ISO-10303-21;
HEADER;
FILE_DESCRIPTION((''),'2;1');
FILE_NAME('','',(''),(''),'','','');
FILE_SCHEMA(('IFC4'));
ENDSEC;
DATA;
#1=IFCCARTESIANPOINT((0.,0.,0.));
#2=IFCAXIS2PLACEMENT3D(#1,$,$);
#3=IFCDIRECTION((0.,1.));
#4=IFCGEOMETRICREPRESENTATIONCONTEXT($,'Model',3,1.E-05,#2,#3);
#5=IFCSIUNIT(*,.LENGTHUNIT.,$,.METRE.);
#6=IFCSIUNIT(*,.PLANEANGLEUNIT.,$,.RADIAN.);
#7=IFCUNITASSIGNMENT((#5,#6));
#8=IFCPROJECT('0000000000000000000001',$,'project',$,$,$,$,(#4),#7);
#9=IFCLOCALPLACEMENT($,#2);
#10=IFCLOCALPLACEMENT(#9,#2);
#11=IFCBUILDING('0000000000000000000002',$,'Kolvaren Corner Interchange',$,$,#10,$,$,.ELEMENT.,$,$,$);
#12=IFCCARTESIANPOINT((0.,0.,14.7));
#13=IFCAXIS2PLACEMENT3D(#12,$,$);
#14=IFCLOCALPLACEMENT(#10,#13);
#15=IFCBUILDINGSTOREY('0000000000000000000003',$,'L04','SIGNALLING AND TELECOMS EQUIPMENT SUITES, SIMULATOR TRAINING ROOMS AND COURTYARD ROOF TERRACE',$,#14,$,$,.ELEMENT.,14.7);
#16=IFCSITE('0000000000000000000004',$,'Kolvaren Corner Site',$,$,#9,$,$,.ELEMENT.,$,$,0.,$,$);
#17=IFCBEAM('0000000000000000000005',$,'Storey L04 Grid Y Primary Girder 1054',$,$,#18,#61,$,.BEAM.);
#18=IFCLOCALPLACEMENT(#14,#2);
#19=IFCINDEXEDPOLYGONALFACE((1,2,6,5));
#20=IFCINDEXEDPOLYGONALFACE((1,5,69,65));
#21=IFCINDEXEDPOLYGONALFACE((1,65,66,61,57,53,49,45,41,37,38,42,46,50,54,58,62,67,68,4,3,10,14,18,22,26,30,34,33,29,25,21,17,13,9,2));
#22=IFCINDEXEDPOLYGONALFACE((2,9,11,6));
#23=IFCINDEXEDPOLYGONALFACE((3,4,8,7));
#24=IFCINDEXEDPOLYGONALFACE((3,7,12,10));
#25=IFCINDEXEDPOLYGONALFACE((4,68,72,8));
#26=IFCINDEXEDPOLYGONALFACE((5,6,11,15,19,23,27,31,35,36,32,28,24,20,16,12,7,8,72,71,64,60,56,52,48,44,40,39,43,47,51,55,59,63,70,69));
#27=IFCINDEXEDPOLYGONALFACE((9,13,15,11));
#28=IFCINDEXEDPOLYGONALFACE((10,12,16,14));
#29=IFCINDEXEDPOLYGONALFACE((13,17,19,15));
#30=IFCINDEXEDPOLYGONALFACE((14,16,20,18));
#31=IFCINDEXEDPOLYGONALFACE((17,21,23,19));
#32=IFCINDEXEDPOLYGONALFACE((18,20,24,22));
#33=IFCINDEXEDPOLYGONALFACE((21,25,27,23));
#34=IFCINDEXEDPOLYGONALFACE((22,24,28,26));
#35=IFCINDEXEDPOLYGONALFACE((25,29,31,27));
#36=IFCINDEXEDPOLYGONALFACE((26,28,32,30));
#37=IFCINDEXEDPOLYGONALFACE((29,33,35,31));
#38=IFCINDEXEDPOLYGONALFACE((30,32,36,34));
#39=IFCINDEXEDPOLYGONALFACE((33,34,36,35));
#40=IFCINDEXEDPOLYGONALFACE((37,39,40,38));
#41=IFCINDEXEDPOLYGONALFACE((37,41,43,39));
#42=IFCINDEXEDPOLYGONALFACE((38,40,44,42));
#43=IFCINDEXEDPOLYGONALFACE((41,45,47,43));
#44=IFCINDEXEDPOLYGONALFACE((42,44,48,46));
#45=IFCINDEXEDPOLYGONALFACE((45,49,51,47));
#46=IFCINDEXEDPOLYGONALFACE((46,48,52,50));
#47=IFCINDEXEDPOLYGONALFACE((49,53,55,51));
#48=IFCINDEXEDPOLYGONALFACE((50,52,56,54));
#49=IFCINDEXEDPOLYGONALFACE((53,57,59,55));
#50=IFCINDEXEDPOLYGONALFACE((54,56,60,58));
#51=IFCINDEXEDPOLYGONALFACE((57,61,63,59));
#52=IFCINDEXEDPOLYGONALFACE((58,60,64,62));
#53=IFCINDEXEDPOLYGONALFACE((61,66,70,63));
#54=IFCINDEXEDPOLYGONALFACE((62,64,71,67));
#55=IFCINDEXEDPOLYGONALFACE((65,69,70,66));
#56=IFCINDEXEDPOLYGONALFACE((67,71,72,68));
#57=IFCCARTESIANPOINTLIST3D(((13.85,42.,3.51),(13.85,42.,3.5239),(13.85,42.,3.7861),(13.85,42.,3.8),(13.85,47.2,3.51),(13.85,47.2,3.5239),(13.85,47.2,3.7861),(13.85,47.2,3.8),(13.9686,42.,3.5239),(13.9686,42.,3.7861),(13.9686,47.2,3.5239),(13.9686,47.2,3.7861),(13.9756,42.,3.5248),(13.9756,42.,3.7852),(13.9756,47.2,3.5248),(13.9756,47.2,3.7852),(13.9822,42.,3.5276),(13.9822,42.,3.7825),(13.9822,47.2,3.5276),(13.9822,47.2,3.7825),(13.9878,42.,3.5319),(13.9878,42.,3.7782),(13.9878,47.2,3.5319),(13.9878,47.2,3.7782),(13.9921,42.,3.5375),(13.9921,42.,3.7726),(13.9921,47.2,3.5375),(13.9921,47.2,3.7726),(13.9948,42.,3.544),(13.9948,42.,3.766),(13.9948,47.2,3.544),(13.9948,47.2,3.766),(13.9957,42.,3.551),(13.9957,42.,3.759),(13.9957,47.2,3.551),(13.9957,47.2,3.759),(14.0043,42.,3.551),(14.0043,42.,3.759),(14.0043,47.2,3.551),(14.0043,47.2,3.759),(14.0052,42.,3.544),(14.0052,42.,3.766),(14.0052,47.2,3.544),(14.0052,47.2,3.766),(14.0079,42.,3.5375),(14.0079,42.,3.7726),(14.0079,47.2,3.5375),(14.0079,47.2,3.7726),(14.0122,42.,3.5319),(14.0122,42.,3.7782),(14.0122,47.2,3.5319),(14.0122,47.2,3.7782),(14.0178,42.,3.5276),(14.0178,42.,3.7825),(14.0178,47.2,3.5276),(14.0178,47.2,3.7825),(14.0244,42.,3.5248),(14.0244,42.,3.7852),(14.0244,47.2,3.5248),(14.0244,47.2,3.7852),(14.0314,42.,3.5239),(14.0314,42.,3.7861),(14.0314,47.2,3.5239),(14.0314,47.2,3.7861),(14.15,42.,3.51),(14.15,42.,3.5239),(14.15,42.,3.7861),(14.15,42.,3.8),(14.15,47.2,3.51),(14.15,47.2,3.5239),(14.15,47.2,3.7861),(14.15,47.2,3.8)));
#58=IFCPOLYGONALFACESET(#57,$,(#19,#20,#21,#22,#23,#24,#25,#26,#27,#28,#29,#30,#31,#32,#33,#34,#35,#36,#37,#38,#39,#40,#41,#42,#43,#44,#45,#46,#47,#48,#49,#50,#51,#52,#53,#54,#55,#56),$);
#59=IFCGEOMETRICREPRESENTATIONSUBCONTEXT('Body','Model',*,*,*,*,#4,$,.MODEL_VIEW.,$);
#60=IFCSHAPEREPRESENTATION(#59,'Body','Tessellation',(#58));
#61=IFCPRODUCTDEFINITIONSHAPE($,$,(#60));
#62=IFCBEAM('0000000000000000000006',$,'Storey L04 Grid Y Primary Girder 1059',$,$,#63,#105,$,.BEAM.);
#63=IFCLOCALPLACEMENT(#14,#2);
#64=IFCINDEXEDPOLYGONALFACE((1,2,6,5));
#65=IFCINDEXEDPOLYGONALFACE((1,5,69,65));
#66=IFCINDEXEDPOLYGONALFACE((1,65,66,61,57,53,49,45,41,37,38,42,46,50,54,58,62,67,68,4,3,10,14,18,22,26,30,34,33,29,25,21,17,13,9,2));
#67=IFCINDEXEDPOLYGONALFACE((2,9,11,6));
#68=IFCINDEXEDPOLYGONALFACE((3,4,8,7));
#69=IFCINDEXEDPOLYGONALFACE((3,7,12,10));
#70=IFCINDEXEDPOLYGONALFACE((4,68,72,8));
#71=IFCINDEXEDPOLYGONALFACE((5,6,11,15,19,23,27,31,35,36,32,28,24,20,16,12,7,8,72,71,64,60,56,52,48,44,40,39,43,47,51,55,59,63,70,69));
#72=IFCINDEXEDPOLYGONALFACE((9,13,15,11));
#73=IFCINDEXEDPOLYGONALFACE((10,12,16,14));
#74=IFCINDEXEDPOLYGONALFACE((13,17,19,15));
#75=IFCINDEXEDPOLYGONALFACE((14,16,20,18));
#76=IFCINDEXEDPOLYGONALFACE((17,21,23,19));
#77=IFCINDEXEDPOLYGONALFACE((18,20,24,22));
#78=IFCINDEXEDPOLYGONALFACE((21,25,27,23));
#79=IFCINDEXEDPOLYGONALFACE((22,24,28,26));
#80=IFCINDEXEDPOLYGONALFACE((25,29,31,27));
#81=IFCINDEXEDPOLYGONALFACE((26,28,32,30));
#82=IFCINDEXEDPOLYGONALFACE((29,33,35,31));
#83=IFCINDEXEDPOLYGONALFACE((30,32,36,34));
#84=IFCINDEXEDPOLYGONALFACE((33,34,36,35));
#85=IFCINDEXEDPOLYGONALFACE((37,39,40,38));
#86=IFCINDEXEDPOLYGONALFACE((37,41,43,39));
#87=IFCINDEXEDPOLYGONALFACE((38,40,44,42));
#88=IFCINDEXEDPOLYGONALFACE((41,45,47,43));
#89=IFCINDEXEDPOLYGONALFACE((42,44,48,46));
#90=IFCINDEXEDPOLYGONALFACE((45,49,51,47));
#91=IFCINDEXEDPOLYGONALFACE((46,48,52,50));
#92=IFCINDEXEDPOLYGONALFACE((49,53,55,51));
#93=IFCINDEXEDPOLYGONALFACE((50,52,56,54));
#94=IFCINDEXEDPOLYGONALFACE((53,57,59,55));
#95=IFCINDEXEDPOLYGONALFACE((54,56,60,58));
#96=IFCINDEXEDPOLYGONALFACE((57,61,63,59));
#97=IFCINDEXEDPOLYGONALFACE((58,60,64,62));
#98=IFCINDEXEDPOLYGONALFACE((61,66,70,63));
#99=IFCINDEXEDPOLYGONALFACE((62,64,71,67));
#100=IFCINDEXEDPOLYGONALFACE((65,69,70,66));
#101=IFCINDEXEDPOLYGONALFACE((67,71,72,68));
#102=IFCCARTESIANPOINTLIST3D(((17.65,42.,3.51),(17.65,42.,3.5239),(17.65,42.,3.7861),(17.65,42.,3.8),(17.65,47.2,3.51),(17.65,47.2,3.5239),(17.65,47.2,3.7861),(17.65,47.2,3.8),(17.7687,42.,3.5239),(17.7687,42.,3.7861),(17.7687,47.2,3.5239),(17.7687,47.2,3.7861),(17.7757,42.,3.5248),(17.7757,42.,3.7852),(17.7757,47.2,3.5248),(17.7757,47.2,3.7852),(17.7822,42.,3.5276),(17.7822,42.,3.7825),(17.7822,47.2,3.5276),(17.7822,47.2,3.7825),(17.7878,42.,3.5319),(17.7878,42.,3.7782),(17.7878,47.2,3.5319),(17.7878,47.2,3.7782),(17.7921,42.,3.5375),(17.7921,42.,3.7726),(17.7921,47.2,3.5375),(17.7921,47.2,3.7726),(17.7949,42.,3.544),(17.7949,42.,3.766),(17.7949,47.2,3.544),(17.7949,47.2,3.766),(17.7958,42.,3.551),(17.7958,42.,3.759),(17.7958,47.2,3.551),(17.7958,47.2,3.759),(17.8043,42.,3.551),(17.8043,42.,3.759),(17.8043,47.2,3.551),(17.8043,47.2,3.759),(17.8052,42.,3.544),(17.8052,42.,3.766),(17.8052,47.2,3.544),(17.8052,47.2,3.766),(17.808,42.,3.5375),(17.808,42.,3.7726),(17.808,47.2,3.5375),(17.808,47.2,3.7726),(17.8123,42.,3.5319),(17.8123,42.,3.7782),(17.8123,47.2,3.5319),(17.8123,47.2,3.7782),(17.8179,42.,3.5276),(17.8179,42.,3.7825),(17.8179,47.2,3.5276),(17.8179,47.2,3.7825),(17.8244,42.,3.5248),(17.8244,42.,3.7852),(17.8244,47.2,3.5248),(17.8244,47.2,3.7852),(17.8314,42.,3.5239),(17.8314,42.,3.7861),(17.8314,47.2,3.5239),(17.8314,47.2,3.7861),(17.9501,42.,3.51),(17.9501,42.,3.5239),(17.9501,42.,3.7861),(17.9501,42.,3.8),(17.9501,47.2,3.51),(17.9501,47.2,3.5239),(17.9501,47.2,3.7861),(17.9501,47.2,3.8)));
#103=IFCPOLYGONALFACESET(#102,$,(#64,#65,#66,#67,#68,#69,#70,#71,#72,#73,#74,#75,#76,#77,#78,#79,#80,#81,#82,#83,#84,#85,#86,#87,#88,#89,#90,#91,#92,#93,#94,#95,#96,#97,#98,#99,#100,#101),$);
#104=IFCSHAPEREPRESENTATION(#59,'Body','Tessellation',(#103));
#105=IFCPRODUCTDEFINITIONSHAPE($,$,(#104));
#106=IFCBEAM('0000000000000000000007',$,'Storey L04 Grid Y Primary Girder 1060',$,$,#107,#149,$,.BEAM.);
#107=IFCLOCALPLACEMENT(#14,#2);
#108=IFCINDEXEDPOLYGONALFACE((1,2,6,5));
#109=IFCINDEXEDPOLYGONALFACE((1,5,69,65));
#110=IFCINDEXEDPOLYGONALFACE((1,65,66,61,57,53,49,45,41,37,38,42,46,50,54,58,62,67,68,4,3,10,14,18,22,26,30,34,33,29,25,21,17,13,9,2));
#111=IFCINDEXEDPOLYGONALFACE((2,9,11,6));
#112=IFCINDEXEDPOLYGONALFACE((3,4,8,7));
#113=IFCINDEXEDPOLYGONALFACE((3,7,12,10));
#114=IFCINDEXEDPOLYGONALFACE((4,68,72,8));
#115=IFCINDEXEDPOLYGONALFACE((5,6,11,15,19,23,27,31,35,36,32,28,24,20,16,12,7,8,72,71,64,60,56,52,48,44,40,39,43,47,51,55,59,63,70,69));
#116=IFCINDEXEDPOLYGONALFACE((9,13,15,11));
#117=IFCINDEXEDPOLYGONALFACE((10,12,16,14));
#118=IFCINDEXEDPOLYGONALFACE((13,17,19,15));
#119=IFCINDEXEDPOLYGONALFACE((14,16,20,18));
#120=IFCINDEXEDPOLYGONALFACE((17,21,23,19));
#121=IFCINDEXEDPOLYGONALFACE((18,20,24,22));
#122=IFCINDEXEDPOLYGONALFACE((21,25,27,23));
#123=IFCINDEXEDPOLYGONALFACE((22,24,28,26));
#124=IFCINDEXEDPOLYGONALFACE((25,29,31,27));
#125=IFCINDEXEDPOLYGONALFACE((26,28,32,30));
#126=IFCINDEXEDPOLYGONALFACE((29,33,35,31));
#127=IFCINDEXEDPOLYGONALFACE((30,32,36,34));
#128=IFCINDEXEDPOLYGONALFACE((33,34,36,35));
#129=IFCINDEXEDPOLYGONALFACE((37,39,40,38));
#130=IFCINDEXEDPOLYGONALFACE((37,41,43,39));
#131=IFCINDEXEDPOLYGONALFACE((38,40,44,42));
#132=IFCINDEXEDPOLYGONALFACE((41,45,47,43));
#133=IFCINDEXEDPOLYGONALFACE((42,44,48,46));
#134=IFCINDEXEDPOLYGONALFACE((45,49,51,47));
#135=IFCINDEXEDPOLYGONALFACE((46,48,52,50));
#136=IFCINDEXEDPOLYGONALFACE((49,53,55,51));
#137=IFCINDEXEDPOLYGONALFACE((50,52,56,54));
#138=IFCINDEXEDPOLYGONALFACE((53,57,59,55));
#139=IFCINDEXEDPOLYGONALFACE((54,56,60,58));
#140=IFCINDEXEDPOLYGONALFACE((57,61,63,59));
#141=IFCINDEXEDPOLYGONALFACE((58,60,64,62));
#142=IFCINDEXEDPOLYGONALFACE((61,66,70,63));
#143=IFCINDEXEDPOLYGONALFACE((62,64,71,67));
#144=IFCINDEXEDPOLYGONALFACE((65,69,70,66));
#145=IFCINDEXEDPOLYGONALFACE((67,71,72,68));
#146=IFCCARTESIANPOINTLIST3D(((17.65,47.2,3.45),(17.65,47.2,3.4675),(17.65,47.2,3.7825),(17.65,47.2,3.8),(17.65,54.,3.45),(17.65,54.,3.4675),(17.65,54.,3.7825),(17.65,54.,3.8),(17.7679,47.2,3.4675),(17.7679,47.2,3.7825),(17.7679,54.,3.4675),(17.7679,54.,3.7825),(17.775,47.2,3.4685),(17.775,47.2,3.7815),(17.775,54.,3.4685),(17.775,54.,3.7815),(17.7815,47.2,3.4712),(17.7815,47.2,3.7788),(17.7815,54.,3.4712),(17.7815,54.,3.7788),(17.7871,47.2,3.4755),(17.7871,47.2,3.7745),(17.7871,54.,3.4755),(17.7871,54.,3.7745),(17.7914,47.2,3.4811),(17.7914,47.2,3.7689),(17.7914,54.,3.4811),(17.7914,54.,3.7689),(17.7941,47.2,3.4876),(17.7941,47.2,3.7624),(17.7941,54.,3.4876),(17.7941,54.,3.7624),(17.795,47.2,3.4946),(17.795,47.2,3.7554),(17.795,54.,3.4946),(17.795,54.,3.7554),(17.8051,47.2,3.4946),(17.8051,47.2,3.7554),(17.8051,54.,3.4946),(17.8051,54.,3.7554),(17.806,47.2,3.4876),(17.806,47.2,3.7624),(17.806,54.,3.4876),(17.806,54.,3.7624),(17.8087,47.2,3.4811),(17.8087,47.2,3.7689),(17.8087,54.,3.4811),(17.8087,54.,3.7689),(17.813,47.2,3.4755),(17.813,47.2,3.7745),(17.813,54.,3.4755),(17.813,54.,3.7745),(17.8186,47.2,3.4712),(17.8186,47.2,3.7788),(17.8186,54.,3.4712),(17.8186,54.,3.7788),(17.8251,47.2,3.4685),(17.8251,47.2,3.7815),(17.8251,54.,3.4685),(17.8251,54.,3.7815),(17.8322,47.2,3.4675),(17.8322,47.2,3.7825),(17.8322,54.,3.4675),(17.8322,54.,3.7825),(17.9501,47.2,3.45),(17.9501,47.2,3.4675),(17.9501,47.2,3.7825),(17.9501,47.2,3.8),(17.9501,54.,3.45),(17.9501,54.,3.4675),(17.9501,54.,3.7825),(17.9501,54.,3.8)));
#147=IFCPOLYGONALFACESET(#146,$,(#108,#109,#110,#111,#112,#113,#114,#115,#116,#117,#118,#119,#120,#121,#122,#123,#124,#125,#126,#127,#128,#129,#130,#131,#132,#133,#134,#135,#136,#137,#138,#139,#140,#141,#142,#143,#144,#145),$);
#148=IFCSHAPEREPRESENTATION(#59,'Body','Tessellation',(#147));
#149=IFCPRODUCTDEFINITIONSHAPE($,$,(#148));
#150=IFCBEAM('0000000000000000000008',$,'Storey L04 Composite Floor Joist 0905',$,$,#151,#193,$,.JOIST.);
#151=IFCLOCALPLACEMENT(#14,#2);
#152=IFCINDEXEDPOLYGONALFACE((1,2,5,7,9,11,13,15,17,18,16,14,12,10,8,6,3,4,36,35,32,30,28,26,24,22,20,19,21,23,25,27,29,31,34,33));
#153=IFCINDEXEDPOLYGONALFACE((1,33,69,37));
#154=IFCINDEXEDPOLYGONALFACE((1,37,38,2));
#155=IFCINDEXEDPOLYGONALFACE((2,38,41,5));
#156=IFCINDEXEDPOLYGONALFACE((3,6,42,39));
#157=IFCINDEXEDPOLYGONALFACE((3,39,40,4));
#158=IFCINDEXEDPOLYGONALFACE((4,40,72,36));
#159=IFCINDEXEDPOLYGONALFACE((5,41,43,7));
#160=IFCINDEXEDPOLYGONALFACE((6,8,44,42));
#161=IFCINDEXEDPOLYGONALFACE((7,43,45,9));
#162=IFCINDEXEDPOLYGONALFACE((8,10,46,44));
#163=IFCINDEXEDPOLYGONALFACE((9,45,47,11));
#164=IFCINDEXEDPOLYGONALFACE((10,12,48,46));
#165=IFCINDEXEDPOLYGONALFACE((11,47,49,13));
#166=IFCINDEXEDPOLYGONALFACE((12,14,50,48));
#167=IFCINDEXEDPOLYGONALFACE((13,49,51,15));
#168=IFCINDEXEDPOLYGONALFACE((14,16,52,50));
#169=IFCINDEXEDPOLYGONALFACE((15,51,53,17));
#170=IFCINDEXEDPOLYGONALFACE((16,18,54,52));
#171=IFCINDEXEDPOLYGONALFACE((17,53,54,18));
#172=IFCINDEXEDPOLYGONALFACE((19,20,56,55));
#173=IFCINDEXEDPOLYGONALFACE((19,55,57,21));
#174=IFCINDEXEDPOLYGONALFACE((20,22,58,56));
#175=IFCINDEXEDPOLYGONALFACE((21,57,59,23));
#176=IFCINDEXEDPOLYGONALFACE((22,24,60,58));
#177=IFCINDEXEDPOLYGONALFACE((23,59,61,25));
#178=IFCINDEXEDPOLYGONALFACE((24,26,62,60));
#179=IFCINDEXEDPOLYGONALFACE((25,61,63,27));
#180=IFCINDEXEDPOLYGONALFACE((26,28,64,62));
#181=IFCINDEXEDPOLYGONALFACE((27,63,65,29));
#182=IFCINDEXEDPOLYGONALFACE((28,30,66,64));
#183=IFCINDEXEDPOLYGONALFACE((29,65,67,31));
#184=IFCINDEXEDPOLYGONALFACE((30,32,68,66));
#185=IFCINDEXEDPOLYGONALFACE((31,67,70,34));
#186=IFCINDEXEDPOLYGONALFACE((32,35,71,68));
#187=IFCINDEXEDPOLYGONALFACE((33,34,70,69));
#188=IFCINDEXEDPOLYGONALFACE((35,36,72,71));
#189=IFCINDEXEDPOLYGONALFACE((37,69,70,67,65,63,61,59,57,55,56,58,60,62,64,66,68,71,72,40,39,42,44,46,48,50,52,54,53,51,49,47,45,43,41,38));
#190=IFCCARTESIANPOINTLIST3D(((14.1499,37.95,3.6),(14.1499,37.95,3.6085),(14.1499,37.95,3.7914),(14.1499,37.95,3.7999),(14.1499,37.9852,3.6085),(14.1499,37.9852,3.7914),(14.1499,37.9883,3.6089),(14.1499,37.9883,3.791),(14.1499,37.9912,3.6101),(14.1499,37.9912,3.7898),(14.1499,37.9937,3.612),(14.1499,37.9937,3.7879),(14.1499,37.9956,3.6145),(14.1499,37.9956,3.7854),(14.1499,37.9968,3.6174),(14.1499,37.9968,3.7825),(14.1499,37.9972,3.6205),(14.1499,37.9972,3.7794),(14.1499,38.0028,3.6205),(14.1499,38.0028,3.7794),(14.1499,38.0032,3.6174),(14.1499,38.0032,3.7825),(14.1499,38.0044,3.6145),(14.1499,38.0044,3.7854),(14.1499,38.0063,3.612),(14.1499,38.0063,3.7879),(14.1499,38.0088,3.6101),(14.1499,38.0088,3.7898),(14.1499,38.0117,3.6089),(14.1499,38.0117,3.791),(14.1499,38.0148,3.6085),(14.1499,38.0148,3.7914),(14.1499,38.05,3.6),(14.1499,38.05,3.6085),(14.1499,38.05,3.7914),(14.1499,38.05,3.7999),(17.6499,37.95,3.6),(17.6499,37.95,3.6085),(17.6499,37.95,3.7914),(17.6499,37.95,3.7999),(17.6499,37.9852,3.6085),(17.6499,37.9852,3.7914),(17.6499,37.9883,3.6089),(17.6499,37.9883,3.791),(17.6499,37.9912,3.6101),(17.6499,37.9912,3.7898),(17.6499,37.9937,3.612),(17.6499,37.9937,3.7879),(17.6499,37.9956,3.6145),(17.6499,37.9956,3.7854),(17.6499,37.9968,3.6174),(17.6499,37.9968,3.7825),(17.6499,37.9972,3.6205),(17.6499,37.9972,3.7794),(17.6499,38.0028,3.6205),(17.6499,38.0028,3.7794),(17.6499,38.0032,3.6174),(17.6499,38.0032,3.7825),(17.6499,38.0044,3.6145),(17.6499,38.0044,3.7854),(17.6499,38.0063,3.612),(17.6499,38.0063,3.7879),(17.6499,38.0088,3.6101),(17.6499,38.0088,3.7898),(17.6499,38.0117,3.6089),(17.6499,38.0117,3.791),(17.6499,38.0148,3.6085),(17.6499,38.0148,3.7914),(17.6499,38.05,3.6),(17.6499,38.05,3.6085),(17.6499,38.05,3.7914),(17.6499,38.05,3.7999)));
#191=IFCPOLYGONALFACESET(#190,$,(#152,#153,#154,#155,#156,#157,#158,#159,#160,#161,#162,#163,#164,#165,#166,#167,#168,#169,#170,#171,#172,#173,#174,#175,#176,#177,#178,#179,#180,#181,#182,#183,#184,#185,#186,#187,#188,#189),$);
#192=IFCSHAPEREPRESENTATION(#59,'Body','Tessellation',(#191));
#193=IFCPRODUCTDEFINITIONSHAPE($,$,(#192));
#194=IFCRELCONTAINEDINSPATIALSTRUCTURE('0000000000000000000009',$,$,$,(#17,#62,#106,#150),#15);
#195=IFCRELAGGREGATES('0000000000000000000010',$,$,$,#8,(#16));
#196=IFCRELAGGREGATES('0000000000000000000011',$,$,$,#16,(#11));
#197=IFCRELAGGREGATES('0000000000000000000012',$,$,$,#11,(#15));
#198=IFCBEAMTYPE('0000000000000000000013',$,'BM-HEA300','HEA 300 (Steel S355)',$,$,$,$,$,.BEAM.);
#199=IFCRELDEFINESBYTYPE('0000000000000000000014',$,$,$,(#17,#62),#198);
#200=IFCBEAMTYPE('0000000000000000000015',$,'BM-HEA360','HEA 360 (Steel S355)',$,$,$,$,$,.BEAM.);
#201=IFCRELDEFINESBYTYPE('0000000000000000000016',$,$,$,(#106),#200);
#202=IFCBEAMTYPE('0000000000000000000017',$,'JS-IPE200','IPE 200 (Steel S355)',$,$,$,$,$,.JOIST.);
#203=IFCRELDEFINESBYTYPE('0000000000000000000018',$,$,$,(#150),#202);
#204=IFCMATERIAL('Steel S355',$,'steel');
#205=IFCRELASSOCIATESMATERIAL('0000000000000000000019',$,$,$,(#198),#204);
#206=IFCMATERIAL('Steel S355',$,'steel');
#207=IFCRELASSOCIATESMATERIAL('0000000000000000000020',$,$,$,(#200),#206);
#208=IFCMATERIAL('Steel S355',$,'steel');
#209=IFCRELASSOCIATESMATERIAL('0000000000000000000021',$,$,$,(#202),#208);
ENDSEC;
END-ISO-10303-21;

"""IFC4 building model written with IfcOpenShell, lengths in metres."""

from ifc_helpers import new_model, si_unit, direction, frame, origin, origin_2d, place, context, subcontext, project, spatial, i_section, extrude, material, material_profile, profile_set, type_object, element, save


model = new_model("IFC4")

# Units and contexts
model_context = context("Model", 3, precision=1e-05, world=origin(), true_north=direction((0.0, 1.0)))
body_context = subcontext(model_context, "Body", "Model", "MODEL_VIEW")
ifc_project = project(units=[si_unit("LENGTHUNIT", "METRE"), si_unit("PLANEANGLEUNIT", "RADIAN")], contexts=[model_context])

# Site, building, storey
site_placement = place(None, origin())
site = spatial("IfcSite", under=ifc_project, at=site_placement, Name="Kolvaren Corner Site", CompositionType="ELEMENT", RefElevation=0.0)
building_placement = place(site_placement, origin())
building = spatial("IfcBuilding", under=site, at=building_placement, Name="Kolvaren Corner Interchange", CompositionType="ELEMENT")
storey_placement = place(building_placement, frame((0.0, 0.0, 14.7)))
storey = spatial("IfcBuildingStorey", under=building, at=storey_placement, Name="L04", Description="SIGNALLING AND TELECOMS EQUIPMENT SUITES, SIMULATOR TRAINING ROOMS AND COURTYARD ROOF TERRACE", CompositionType="ELEMENT", Elevation=14.7)

# Beams
ifc_material_1 = material(Name="Steel S355", Category="steel")
ifc_material_profile_1 = material_profile(ifc_material_1, i_section(OverallWidth=0.3, OverallDepth=0.29, WebThickness=0.0085, FlangeThickness=0.0139, FilletRadius=0.0271, at=origin_2d()), Name="HEA 300")
ifc_profile_set_1 = profile_set([ifc_material_profile_1], Name="Steel S355")
beam_type_1 = type_object("IfcBeamType", Name="BM-HEA300", Description="HEA 300 (Steel S355)", PredefinedType="BEAM", material=ifc_profile_set_1)
for number, where, z_axis, x_axis, name in (
    (1, (14.0, 42.0, 3.655), (0.0, 1.0, 0.0), (-1.0, 0.0, 0.0), "Storey L04 Grid Y Primary Girder 1054"),
    (2, (17.8, 42.0, 3.655), (0.0, 1.0, 0.0), (-1.0, 0.0, 0.0), "Storey L04 Grid Y Primary Girder 1059"),
):
    element("IfcBeam", number, at=place(storey_placement, frame(where, z_axis=z_axis, x_axis=x_axis)), inside=storey, type_object=beam_type_1, Name=name, PredefinedType="BEAM", context=body_context, shape_type="SweptSolid", body=[
        extrude(i_section(OverallWidth=0.3, OverallDepth=0.29, WebThickness=0.0085, FlangeThickness=0.0139, FilletRadius=0.0271, at=origin_2d()), origin(), (0.0, 0.0, 1.0), 5.2),
    ])
ifc_material_2 = material(Name="Steel S355", Category="steel")
ifc_material_profile_2 = material_profile(ifc_material_2, i_section(OverallWidth=0.3, OverallDepth=0.3501, WebThickness=0.01, FlangeThickness=0.0176, FilletRadius=0.0271, at=origin_2d()), Name="HEA 360")
ifc_profile_set_2 = profile_set([ifc_material_profile_2], Name="Steel S355")
beam_type_2 = type_object("IfcBeamType", Name="BM-HEA360", Description="HEA 360 (Steel S355)", PredefinedType="BEAM", material=ifc_profile_set_2)
beam_placement = place(storey_placement, frame((17.8, 47.2, 3.625), z_axis=(0.0, 1.0, 0.0), x_axis=(-1.0, 0.0, 0.0)))
element("IfcBeam", 3, at=beam_placement, inside=storey, type_object=beam_type_2, Name="Storey L04 Grid Y Primary Girder 1060", PredefinedType="BEAM", context=body_context, shape_type="SweptSolid", body=[
    extrude(i_section(OverallWidth=0.3, OverallDepth=0.3501, WebThickness=0.01, FlangeThickness=0.0176, FilletRadius=0.0271, at=origin_2d()), origin(), (0.0, 0.0, 1.0), 6.8),
])
ifc_material_3 = material(Name="Steel S355", Category="steel")
ifc_material_profile_3 = material_profile(ifc_material_3, i_section(OverallWidth=0.1001, OverallDepth=0.2, WebThickness=0.0056, FlangeThickness=0.0085, FilletRadius=0.012, at=origin_2d()), Name="IPE 200")
ifc_profile_set_3 = profile_set([ifc_material_profile_3], Name="Steel S355")
beam_type_3 = type_object("IfcBeamType", Name="JS-IPE200", Description="IPE 200 (Steel S355)", PredefinedType="JOIST", material=ifc_profile_set_3)
for number, where, z_axis, x_axis, name in (
    (4, (14.1499, 38.0, 3.7), (1.0, 0.0, 0.0), (0.0, 1.0, 0.0), "Storey L04 Composite Floor Joist 0905"),
):
    element("IfcBeam", number, at=place(storey_placement, frame(where, z_axis=z_axis, x_axis=x_axis)), inside=storey, type_object=beam_type_3, Name=name, PredefinedType="JOIST", context=body_context, shape_type="SweptSolid", body=[
        extrude(i_section(OverallWidth=0.1001, OverallDepth=0.2, WebThickness=0.0056, FlangeThickness=0.0085, FilletRadius=0.012, at=origin_2d()), origin(), (0.0, 0.0, 1.0), 3.5),
    ])

save(model, "model.ifc")
